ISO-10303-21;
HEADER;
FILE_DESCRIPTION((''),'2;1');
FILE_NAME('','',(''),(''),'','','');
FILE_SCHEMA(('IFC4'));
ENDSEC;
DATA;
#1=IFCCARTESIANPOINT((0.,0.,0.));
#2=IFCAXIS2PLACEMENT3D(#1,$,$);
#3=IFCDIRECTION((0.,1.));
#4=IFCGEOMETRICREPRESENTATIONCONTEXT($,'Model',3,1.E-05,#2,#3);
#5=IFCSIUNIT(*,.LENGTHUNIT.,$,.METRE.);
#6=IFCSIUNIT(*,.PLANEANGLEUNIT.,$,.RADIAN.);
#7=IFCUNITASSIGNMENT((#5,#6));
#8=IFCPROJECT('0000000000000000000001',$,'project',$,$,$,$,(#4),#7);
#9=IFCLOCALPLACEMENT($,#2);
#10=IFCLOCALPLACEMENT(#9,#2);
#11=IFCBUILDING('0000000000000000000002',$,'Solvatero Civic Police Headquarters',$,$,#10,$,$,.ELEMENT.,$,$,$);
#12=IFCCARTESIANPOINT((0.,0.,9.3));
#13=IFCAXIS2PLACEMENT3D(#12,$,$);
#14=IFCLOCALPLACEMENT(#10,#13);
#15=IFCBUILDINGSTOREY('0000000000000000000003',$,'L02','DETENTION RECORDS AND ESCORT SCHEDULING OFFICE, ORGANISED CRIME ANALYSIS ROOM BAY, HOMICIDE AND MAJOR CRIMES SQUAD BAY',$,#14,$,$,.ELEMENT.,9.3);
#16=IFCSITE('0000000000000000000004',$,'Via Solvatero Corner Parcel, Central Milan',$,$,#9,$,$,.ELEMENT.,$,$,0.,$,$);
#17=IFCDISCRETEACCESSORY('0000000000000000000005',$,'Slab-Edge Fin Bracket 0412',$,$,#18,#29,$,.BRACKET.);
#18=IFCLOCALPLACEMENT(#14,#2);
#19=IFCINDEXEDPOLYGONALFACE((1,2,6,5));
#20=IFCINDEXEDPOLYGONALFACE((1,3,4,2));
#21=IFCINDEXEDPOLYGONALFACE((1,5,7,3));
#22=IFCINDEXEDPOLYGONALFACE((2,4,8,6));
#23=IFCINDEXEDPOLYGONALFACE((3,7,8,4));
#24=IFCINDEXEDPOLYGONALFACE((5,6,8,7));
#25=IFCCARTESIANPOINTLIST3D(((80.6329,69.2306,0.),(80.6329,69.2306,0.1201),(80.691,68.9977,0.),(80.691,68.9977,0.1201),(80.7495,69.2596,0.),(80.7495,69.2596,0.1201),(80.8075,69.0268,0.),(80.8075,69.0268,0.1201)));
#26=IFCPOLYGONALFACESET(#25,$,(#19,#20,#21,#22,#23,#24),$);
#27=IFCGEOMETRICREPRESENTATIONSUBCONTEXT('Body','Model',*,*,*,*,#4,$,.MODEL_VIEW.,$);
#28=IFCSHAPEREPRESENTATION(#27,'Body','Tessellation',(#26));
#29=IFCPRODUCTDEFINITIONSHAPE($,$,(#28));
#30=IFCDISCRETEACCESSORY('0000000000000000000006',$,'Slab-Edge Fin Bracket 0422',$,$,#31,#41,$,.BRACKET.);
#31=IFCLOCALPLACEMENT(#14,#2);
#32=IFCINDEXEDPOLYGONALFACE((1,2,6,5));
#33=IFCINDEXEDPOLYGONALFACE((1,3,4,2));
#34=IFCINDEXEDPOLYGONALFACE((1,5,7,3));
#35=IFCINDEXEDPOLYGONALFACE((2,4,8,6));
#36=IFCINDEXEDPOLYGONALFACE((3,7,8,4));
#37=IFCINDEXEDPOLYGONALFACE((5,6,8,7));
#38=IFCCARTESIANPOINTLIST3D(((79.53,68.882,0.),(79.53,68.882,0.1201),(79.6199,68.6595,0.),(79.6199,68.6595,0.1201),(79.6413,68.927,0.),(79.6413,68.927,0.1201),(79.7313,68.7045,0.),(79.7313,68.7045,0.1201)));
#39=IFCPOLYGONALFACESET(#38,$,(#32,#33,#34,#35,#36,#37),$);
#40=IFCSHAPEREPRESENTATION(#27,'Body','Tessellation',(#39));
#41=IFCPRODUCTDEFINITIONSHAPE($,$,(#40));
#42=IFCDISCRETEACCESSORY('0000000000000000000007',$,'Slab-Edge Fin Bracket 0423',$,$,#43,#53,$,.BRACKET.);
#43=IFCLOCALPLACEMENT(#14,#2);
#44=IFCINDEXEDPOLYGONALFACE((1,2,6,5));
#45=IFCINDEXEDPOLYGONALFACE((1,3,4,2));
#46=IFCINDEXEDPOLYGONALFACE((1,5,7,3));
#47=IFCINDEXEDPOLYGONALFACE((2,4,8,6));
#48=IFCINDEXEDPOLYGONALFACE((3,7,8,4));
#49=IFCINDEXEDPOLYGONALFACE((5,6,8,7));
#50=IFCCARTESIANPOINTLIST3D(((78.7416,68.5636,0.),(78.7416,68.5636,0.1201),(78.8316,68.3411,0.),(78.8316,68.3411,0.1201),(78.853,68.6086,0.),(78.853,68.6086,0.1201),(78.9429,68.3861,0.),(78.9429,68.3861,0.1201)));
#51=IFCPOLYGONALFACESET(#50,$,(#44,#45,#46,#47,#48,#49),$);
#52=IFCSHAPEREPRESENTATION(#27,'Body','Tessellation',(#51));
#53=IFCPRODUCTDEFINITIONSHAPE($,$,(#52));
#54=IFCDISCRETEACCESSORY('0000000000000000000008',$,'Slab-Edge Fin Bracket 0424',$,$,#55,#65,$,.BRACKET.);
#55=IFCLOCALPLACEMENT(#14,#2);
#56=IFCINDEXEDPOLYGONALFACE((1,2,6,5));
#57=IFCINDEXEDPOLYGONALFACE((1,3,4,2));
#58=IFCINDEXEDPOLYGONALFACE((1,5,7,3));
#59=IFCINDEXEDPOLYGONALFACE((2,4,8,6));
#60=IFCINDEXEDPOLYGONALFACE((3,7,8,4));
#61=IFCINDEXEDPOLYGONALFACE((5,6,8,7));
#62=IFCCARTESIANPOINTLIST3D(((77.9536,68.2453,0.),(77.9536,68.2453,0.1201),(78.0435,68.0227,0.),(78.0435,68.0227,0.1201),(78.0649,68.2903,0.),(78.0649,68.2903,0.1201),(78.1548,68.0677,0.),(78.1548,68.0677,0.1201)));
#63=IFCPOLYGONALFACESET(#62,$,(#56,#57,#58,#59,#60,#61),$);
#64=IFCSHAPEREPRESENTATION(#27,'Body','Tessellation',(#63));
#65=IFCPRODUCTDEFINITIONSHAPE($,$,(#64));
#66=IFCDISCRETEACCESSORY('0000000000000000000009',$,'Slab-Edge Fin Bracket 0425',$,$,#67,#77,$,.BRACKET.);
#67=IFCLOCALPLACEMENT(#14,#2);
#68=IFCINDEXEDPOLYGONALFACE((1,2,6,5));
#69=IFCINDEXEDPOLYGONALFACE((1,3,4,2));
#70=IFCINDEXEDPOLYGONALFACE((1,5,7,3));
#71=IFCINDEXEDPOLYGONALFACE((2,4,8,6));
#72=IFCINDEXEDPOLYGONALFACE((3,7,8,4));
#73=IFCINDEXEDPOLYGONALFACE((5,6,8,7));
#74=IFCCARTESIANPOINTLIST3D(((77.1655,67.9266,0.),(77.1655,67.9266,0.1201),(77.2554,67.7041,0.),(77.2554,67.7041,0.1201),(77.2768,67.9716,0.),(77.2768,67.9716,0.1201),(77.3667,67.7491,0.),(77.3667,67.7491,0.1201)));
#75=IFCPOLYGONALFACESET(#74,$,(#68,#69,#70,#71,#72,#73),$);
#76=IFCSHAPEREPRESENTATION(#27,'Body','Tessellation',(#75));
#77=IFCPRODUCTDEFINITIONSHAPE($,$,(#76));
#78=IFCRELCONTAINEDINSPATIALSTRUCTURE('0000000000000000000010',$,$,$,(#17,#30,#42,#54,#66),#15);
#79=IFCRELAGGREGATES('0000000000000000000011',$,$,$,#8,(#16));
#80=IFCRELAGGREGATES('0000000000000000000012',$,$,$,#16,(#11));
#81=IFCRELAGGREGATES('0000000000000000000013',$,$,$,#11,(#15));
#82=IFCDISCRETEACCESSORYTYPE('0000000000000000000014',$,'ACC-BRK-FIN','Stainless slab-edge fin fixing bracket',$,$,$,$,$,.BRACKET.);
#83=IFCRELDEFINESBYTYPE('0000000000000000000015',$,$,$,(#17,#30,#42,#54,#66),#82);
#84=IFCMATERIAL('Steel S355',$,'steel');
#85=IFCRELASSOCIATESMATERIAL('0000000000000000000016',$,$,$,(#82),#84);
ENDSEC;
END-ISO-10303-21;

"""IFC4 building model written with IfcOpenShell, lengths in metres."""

from ifc_helpers import new_model, si_unit, direction, frame, origin, origin_2d, place, context, subcontext, project, spatial, rectangle, extrude, material, type_object, element, save


model = new_model("IFC4")

# Units and contexts
model_context = context("Model", 3, precision=1e-05, world=origin(), true_north=direction((0.0, 1.0)))
body_context = subcontext(model_context, "Body", "Model", "MODEL_VIEW")
ifc_project = project(units=[si_unit("LENGTHUNIT", "METRE"), si_unit("PLANEANGLEUNIT", "RADIAN")], contexts=[model_context])

# Site, building, storey
site_placement = place(None, origin())
site = spatial("IfcSite", under=ifc_project, at=site_placement, Name="Via Solvatero Corner Parcel, Central Milan", CompositionType="ELEMENT", RefElevation=0.0)
building_placement = place(site_placement, origin())
building = spatial("IfcBuilding", under=site, at=building_placement, Name="Solvatero Civic Police Headquarters", CompositionType="ELEMENT")
storey_placement = place(building_placement, frame((0.0, 0.0, 9.3)))
storey = spatial("IfcBuildingStorey", under=building, at=storey_placement, Name="L02", Description="DETENTION RECORDS AND ESCORT SCHEDULING OFFICE, ORGANISED CRIME ANALYSIS ROOM BAY, HOMICIDE AND MAJOR CRIMES SQUAD BAY", CompositionType="ELEMENT", Elevation=9.3)

# Shared definitions
ifc_material_1 = material(Name="Steel S355", Category="steel")

# Discrete accessories
discrete_accessory_type = type_object("IfcDiscreteAccessoryType", Name="ACC-BRK-FIN", Description="Stainless slab-edge fin fixing bracket", PredefinedType="BRACKET", material=ifc_material_1)
for number, where, z_axis, x_axis, name in (
    (1, (80.7202, 69.1287, 0.0), (0.0, 0.0, 1.0), (-0.970296, -0.241922, 0.0), "Slab-Edge Fin Bracket 0412"),
    (2, (79.6306, 68.7932, 0.0), (0.0, 0.0, 1.0), (-0.927184, -0.374607, 0.0), "Slab-Edge Fin Bracket 0422"),
    (3, (78.8423, 68.4749, 0.0), (0.0, 0.0, 1.0), (-0.927184, -0.374607, 0.0), "Slab-Edge Fin Bracket 0423"),
    (4, (78.0542, 68.1565, 0.0), (0.0, 0.0, 1.0), (-0.927184, -0.374607, 0.0), "Slab-Edge Fin Bracket 0424"),
    (5, (77.2661, 67.8379, 0.0), (0.0, 0.0, 1.0), (-0.927184, -0.374607, 0.0), "Slab-Edge Fin Bracket 0425"),
):
    element("IfcDiscreteAccessory", number, at=place(storey_placement, frame(where, z_axis=z_axis, x_axis=x_axis)), inside=storey, type_object=discrete_accessory_type, Name=name, PredefinedType="BRACKET", context=body_context, shape_type="SweptSolid", body=[
        extrude(rectangle(XDim=0.1201, YDim=0.24, at=origin_2d()), origin(), (0.0, 0.0, 1.0), 0.1201),
    ])

save(model, "model.ifc")
